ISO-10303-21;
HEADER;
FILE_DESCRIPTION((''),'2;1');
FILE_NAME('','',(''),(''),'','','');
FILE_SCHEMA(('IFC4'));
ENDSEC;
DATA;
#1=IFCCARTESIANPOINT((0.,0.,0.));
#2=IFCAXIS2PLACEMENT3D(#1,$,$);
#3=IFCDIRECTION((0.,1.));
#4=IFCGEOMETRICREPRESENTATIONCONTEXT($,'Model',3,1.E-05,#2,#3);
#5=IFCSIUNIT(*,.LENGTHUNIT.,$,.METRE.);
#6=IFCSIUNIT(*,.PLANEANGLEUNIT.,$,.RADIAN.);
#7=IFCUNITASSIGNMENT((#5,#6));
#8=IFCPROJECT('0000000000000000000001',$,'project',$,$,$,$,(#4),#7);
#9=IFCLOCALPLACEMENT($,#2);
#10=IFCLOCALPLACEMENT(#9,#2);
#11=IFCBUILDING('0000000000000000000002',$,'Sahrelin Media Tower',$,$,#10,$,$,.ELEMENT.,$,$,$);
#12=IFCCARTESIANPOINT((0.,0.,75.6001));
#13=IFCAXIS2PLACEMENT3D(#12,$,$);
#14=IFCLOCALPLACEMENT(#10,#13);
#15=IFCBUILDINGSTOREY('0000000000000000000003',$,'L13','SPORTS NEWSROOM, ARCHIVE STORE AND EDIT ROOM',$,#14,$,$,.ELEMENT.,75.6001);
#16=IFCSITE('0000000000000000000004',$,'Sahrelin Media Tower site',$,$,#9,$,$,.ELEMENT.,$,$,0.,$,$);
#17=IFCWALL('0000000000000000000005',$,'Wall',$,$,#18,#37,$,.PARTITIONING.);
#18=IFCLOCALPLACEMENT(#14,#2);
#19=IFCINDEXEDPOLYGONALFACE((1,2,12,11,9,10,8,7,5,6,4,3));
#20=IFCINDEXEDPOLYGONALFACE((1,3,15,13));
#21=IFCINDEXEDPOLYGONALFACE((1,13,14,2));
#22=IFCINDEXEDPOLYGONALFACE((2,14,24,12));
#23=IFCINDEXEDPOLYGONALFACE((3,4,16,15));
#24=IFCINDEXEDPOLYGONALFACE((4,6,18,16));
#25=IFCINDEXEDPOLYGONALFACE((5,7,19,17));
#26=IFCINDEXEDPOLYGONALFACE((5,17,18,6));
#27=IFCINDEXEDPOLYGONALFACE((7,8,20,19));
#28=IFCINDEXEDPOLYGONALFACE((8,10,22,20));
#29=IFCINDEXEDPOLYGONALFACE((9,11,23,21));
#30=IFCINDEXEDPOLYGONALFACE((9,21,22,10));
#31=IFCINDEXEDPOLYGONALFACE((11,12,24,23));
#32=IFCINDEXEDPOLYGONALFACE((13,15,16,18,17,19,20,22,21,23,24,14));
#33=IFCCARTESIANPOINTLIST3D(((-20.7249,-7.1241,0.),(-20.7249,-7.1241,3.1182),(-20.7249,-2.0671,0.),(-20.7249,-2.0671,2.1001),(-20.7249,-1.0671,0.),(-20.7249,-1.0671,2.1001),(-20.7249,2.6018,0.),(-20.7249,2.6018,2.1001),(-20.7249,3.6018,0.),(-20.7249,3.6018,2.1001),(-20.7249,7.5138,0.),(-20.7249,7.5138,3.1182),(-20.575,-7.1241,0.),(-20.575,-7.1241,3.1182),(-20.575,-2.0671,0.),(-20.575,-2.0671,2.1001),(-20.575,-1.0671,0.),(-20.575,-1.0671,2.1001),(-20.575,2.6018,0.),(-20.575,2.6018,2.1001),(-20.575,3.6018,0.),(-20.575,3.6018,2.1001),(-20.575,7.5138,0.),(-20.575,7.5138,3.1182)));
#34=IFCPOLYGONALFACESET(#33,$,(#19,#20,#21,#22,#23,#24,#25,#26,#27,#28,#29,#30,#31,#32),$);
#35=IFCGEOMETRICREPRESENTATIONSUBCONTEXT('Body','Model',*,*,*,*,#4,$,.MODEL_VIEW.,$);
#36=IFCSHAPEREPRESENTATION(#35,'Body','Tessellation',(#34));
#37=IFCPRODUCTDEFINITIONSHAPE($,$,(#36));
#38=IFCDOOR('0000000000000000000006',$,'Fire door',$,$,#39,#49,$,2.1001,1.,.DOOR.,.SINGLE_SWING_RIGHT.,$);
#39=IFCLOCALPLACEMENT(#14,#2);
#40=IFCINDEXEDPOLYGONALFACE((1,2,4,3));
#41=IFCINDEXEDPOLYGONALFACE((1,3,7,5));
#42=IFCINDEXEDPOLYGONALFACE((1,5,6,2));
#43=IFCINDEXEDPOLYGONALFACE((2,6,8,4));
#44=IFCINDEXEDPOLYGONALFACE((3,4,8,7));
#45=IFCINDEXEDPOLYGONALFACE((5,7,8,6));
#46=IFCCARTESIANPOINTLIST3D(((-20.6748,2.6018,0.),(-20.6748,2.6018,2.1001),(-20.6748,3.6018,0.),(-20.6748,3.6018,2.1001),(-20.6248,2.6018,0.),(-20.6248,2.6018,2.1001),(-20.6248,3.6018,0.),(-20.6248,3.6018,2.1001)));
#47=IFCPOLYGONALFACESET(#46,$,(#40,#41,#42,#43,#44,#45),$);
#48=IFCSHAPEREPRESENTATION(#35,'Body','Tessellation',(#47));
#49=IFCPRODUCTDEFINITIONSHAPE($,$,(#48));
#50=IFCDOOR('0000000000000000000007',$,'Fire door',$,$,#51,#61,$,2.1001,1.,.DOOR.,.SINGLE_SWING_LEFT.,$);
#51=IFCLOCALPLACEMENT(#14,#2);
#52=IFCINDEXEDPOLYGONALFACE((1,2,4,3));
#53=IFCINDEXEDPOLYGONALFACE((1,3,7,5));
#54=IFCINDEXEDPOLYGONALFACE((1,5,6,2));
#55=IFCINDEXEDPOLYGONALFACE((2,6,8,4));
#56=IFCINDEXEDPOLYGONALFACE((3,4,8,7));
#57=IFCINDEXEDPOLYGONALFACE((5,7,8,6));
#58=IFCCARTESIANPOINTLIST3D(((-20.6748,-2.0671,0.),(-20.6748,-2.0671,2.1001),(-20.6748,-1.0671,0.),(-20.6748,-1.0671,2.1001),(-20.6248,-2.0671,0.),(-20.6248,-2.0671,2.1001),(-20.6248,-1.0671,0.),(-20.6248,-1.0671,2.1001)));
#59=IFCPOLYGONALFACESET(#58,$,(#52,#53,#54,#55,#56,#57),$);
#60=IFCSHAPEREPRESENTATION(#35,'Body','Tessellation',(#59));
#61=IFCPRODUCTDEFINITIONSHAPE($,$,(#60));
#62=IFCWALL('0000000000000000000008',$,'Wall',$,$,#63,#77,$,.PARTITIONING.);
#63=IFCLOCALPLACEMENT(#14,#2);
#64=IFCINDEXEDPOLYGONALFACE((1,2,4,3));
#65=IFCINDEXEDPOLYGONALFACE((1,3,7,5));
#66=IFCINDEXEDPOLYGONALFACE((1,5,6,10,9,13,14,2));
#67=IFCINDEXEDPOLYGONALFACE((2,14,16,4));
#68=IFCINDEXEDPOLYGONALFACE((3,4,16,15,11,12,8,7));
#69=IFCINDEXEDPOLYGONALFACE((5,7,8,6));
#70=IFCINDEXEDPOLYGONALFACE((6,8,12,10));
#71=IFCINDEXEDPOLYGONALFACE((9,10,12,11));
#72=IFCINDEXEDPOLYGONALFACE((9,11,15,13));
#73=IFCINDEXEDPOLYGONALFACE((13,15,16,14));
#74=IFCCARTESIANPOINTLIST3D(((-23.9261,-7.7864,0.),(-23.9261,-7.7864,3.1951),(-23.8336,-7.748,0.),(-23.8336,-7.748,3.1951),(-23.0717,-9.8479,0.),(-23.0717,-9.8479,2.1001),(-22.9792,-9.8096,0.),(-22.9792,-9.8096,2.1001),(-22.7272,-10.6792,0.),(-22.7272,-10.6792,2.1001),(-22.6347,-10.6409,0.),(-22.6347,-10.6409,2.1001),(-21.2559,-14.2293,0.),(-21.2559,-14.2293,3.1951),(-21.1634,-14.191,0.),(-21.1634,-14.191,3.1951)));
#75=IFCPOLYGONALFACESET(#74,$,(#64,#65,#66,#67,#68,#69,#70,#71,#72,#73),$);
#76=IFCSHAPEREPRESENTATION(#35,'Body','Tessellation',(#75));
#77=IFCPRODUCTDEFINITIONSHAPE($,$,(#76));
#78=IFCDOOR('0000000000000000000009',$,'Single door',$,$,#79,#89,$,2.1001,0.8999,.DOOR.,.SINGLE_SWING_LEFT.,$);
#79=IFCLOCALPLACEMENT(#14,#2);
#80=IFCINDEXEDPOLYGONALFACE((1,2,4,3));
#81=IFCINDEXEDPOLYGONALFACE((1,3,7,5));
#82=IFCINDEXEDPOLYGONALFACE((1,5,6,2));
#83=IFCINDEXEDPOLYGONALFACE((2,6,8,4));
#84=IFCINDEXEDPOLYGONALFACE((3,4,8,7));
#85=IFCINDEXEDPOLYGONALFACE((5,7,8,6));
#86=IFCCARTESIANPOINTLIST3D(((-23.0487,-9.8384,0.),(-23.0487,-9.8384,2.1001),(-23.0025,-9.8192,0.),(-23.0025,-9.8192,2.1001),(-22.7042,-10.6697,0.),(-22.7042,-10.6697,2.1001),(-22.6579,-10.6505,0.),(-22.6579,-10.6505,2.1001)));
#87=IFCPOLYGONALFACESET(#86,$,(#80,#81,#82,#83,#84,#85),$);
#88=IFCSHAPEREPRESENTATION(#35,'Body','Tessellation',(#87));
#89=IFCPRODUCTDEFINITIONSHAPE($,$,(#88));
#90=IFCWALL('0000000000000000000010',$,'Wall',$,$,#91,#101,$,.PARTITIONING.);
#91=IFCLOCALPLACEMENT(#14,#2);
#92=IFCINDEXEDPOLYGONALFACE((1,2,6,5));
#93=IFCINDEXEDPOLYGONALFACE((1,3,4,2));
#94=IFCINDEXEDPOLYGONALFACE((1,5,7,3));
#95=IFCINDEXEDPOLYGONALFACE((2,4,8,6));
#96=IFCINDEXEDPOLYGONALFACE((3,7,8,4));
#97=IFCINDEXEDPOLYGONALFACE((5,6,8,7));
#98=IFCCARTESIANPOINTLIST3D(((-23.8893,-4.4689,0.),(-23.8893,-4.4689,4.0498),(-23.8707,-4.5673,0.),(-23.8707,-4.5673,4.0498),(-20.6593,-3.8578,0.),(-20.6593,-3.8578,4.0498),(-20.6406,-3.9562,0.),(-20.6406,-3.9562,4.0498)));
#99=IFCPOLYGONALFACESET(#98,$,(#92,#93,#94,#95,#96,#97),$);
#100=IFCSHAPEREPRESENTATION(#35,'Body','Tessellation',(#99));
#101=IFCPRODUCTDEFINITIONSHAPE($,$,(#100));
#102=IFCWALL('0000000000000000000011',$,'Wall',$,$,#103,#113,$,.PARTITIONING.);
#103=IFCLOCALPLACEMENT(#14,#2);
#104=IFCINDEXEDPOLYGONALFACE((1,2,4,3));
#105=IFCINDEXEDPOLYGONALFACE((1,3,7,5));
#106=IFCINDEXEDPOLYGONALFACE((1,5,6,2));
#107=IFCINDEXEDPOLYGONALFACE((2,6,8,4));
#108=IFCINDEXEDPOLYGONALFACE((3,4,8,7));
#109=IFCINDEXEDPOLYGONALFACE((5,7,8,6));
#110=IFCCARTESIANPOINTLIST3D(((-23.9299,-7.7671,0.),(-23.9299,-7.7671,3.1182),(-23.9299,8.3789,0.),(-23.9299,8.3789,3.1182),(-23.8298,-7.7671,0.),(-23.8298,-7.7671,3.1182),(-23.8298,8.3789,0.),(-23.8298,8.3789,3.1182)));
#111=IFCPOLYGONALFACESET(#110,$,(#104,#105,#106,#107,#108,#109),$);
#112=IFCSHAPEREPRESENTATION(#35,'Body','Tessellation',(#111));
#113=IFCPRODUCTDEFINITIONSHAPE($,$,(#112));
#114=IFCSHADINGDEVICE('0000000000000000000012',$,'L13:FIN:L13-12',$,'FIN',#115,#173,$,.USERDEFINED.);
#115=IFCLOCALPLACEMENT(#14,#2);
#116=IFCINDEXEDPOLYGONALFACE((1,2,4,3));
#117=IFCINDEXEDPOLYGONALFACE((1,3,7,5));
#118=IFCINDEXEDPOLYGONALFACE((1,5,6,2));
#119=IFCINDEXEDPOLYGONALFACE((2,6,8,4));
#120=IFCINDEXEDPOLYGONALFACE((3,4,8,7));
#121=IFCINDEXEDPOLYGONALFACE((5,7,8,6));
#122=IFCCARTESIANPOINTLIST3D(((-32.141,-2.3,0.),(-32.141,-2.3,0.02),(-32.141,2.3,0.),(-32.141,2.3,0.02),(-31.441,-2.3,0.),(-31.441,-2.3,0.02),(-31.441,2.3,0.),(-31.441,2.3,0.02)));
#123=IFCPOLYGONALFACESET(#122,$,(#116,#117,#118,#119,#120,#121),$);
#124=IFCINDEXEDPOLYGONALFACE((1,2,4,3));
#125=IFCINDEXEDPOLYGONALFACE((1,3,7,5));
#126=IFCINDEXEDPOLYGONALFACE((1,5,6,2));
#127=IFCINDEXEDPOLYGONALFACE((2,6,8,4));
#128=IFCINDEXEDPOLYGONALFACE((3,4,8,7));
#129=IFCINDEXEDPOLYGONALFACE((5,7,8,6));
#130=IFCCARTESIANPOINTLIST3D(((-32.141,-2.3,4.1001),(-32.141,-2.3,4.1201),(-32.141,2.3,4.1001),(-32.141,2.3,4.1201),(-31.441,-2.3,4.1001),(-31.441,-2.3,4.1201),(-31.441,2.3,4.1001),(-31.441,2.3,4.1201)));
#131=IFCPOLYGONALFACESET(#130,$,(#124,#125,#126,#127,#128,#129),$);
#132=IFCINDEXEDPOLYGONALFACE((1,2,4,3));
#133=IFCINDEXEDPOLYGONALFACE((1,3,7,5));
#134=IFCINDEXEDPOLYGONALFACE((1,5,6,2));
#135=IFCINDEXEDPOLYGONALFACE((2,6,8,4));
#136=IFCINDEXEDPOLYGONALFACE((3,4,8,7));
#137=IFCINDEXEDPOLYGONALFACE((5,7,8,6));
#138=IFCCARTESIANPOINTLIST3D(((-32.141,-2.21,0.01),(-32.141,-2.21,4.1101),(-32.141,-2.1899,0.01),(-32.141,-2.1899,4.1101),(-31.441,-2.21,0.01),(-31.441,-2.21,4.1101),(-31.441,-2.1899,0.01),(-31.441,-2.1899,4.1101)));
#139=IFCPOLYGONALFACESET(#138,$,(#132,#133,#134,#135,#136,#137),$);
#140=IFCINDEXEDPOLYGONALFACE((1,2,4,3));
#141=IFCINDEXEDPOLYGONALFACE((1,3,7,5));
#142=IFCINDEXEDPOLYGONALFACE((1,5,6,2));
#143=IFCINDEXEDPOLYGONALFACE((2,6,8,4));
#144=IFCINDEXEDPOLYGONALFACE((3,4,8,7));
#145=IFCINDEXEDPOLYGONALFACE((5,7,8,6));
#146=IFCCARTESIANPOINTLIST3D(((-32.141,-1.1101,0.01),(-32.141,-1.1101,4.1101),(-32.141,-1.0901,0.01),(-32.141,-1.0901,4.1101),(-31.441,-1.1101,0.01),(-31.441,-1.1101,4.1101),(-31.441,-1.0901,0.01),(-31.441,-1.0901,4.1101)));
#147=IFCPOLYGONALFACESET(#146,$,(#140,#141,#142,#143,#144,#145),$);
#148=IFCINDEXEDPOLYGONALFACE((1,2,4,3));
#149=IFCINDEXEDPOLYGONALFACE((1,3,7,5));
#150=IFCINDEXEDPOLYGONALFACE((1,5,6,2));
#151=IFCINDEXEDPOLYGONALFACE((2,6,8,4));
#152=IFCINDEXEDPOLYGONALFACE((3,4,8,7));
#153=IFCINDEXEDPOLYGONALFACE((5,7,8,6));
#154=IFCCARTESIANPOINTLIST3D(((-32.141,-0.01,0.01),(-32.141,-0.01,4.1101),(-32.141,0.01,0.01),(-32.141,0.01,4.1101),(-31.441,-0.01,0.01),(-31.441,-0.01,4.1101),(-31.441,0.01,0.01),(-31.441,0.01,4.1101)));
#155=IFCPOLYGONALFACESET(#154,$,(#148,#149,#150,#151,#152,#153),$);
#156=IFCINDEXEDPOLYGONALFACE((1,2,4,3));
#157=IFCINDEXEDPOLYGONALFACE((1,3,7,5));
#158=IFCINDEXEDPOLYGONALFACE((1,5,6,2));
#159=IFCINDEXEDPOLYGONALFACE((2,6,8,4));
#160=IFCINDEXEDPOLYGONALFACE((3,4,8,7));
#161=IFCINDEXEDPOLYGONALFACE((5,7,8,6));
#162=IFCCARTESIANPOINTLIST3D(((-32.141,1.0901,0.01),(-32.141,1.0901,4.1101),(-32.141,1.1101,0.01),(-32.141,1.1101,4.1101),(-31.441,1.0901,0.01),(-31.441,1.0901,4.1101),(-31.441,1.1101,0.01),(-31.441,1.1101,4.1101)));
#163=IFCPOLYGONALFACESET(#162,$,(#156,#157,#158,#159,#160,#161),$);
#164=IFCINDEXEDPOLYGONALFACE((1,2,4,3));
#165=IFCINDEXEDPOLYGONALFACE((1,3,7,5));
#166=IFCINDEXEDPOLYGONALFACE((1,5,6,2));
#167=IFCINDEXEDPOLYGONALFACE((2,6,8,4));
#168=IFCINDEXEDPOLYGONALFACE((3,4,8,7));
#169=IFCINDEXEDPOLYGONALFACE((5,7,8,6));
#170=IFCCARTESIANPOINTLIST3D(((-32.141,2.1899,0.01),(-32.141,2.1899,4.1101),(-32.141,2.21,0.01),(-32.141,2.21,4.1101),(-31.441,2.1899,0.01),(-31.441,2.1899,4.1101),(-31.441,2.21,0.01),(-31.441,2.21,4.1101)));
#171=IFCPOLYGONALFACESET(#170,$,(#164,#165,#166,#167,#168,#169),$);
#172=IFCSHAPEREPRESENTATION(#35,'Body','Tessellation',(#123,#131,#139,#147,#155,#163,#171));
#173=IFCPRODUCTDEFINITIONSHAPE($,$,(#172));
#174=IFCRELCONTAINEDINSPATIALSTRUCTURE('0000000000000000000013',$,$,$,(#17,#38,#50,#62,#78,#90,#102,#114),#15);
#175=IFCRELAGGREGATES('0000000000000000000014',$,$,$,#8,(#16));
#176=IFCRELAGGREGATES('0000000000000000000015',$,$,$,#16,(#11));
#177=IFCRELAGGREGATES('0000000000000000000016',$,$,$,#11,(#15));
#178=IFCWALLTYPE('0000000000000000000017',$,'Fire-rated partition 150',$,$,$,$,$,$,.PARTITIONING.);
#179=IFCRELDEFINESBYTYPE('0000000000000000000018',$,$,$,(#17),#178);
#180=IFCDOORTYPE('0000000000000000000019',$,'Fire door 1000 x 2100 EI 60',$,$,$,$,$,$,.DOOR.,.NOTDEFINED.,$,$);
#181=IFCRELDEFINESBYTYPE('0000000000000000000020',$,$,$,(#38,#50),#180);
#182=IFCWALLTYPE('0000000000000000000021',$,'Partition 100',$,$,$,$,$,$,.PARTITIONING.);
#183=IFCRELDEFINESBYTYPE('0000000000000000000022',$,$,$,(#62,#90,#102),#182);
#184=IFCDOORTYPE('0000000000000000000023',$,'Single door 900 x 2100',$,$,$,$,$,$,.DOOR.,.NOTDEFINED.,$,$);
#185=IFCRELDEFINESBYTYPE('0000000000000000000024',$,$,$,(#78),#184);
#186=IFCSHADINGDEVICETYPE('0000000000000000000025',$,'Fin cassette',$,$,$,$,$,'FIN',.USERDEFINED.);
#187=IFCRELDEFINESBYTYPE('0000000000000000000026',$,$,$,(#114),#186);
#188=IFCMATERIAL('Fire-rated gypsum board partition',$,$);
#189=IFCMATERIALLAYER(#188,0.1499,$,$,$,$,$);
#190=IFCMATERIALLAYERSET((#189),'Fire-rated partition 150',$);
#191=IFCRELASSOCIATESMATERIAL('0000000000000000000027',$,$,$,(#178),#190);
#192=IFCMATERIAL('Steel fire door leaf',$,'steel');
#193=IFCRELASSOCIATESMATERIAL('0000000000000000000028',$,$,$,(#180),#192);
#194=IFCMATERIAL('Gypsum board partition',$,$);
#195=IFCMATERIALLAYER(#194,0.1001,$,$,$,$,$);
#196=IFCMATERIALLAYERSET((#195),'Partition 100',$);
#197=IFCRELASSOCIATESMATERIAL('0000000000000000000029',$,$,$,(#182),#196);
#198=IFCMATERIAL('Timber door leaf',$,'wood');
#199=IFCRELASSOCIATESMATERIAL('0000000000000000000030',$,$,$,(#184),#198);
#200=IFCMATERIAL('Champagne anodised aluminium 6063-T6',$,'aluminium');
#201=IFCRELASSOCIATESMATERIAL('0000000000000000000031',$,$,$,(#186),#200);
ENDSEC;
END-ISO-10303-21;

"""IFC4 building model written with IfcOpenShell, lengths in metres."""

from ifc_helpers import new_model, si_unit, direction, frame, frame_2d, origin, origin_2d, place, context, subcontext, project, spatial, rectangle, extrude, material, layer, layer_set, type_object, element, fill, save


model = new_model("IFC4")

# Units and contexts
model_context = context("Model", 3, precision=1e-05, world=origin(), true_north=direction((0.0, 1.0)))
body_context = subcontext(model_context, "Body", "Model", "MODEL_VIEW")
ifc_project = project(units=[si_unit("LENGTHUNIT", "METRE"), si_unit("PLANEANGLEUNIT", "RADIAN")], contexts=[model_context])

# Site, building, storey
site_placement = place(None, origin())
site = spatial("IfcSite", under=ifc_project, at=site_placement, Name="Sahrelin Media Tower site", CompositionType="ELEMENT", RefElevation=0.0)
building_placement = place(site_placement, origin())
building = spatial("IfcBuilding", under=site, at=building_placement, Name="Sahrelin Media Tower", CompositionType="ELEMENT")
storey_placement = place(building_placement, frame((0.0, 0.0, 75.6001)))
storey = spatial("IfcBuildingStorey", under=building, at=storey_placement, Name="L13", Description="SPORTS NEWSROOM, ARCHIVE STORE AND EDIT ROOM", CompositionType="ELEMENT", Elevation=75.6001)

# Shared definitions
ifc_material_1 = material(Name="Champagne anodised aluminium 6063-T6", Category="aluminium")

# Shared definitions
ifc_material_2 = material(Name="Fire-rated gypsum board partition")
ifc_layer_1 = layer(ifc_material_2, 0.1499)
ifc_layer_set_1 = layer_set([ifc_layer_1], Name="Fire-rated partition 150")
wall_type_1 = type_object("IfcWallType", Name="Fire-rated partition 150", PredefinedType="PARTITIONING", material=ifc_layer_set_1)
ifc_material_3 = material(Name="Steel fire door leaf", Category="steel")
door_type_1 = type_object("IfcDoorType", Name="Fire door 1000 x 2100 EI 60", OperationType="NOTDEFINED", PredefinedType="DOOR", material=ifc_material_3)

# Wall, openings, doors
wall_1_placement = place(storey_placement, frame((-20.6499, -7.124, 0.0), z_axis=(0.0, 0.0, 1.0), x_axis=(0.0, 1.0, 0.0)))
wall_1 = element("IfcWall", 1, at=wall_1_placement, inside=storey, type_object=wall_type_1, Name="Wall", PredefinedType="PARTITIONING", context=body_context, shape_type="SweptSolid", body=[
    extrude(rectangle(XDim=14.6379, YDim=0.1499, at=frame_2d((7.3188, 0.0))), origin(), (0.0, 0.0, 1.0), 3.1182),
])
opening_1_placement = place(wall_1_placement, frame((9.7258, 0.0, 0.0)))
opening_1 = element("IfcOpeningElement", 2, at=opening_1_placement, cuts=wall_1, PredefinedType="OPENING", context=body_context, shape_type="SweptSolid", body=[
    extrude(rectangle(XDim=1.0, YDim=2.1001, at=frame_2d((0.5, 1.05))), frame((0.0, 0.075, 0.0), z_axis=(0.0, -1.0, 0.0), x_axis=(1.0, 0.0, 0.0)), (0.0, 0.0, 1.0), 0.1499),
])
opening_2_placement = place(wall_1_placement, frame((5.0569, 0.0, 0.0)))
opening_2 = element("IfcOpeningElement", 3, at=opening_2_placement, cuts=wall_1, PredefinedType="OPENING", context=body_context, shape_type="SweptSolid", body=[
    extrude(rectangle(XDim=1.0, YDim=2.1001, at=frame_2d((0.5, 1.05))), frame((0.0, 0.075, 0.0), z_axis=(0.0, -1.0, 0.0), x_axis=(1.0, 0.0, 0.0)), (0.0, 0.0, 1.0), 0.1499),
])
door_1_placement = place(opening_1_placement, origin())
door_1 = element("IfcDoor", 4, at=door_1_placement, inside=storey, type_object=door_type_1, Name="Fire door", OperationType="SINGLE_SWING_RIGHT", OverallHeight=2.1001, OverallWidth=1.0, PredefinedType="DOOR", context=body_context, shape_type="SweptSolid", body=[
    extrude(rectangle(XDim=1.0, YDim=2.1001, at=frame_2d((0.5, 1.05))), frame((0.0, 0.0249, 0.0), z_axis=(0.0, -1.0, 0.0), x_axis=(1.0, 0.0, 0.0)), (0.0, 0.0, 1.0), 0.05),
])
fill(opening_1, door_1)
door_2_placement = place(opening_2_placement, origin())
door_2 = element("IfcDoor", 5, at=door_2_placement, inside=storey, type_object=door_type_1, Name="Fire door", OperationType="SINGLE_SWING_LEFT", OverallHeight=2.1001, OverallWidth=1.0, PredefinedType="DOOR", context=body_context, shape_type="SweptSolid", body=[
    extrude(rectangle(XDim=1.0, YDim=2.1001, at=frame_2d((0.5, 1.05))), frame((0.0, 0.0249, 0.0), z_axis=(0.0, -1.0, 0.0), x_axis=(1.0, 0.0, 0.0)), (0.0, 0.0, 1.0), 0.05),
])
fill(opening_2, door_2)

# Wall, opening, door
ifc_material_4 = material(Name="Gypsum board partition")
ifc_layer_2 = layer(ifc_material_4, 0.1001)
ifc_layer_set_2 = layer_set([ifc_layer_2], Name="Partition 100")
wall_type_2 = type_object("IfcWallType", Name="Partition 100", PredefinedType="PARTITIONING", material=ifc_layer_set_2)
wall_2_placement = place(storey_placement, frame((-23.8799, -7.7671, 0.0), z_axis=(0.0, 0.0, 1.0), x_axis=(0.38286, -0.923806, 0.0)))
wall_2 = element("IfcWall", 6, at=wall_2_placement, inside=storey, type_object=wall_type_2, Name="Wall", PredefinedType="PARTITIONING", context=body_context, shape_type="SweptSolid", body=[
    extrude(rectangle(XDim=6.9744, YDim=0.1001, at=frame_2d((3.4873, 0.0))), origin(), (0.0, 0.0, 1.0), 3.1951),
])
opening_3_placement = place(wall_2_placement, frame((2.2317, 0.0, 0.0)))
opening_3 = element("IfcOpeningElement", 7, at=opening_3_placement, cuts=wall_2, PredefinedType="OPENING", context=body_context, shape_type="SweptSolid", body=[
    extrude(rectangle(XDim=0.8999, YDim=2.1001, at=frame_2d((0.45, 1.05))), frame((0.0, 0.05, 0.0), z_axis=(0.0, -1.0, 0.0), x_axis=(1.0, 0.0, 0.0)), (0.0, 0.0, 1.0), 0.1001),
])
ifc_material_5 = material(Name="Timber door leaf", Category="wood")
door_type_2 = type_object("IfcDoorType", Name="Single door 900 x 2100", OperationType="NOTDEFINED", PredefinedType="DOOR", material=ifc_material_5)
door_3_placement = place(opening_3_placement, origin())
door_3 = element("IfcDoor", 8, at=door_3_placement, inside=storey, type_object=door_type_2, Name="Single door", OperationType="SINGLE_SWING_LEFT", OverallHeight=2.1001, OverallWidth=0.8999, PredefinedType="DOOR", context=body_context, shape_type="SweptSolid", body=[
    extrude(rectangle(XDim=0.8999, YDim=2.1001, at=frame_2d((0.45, 1.05))), frame((0.0, 0.0249, 0.0), z_axis=(0.0, -1.0, 0.0), x_axis=(1.0, 0.0, 0.0)), (0.0, 0.0, 1.0), 0.05),
])
fill(opening_3, door_3)

# Walls
wall_3_placement = place(storey_placement, frame((-23.8799, -4.5181, 0.0), z_axis=(0.0, 0.0, 1.0), x_axis=(0.98257, 0.185894, 0.0)))
element("IfcWall", 9, at=wall_3_placement, inside=storey, type_object=wall_type_2, Name="Wall", PredefinedType="PARTITIONING", context=body_context, shape_type="SweptSolid", body=[
    extrude(rectangle(XDim=3.2874, YDim=0.1001, at=frame_2d((1.6436, 0.0))), origin(), (0.0, 0.0, 1.0), 4.0498),
])
wall_4_placement = place(storey_placement, frame((-23.8799, -7.7671, 0.0), z_axis=(0.0, 0.0, 1.0), x_axis=(0.0, 1.0, 0.0)))
element("IfcWall", 10, at=wall_4_placement, inside=storey, type_object=wall_type_2, Name="Wall", PredefinedType="PARTITIONING", context=body_context, shape_type="SweptSolid", body=[
    extrude(rectangle(XDim=16.146, YDim=0.1001, at=frame_2d((8.073, 0.0))), origin(), (0.0, 0.0, 1.0), 3.1182),
])

# Shading device
shading_device_type_1 = type_object("IfcShadingDeviceType", Name="Fin cassette", ElementType="FIN", PredefinedType="USERDEFINED", material=ifc_material_1)
placement_1 = place(storey_placement, frame((-31.3711, 0.0, 0.0), z_axis=(0.0, 0.0, 1.0), x_axis=(0.0, 1.0, 0.0)))
element("IfcShadingDevice", 11, at=placement_1, inside=storey, type_object=shading_device_type_1, Name="L13:FIN:L13-12", ObjectType="FIN", PredefinedType="USERDEFINED", context=body_context, shape_type="SweptSolid", body=[
    extrude(rectangle(XDim=4.6001, YDim=0.7, at=origin_2d()), frame((0.0, 0.4199, 0.0)), (0.0, 0.0, 1.0), 0.02),
    extrude(rectangle(XDim=4.6001, YDim=0.7, at=origin_2d()), frame((0.0, 0.4199, 4.1001)), (0.0, 0.0, 1.0), 0.02),
    extrude(rectangle(XDim=0.02, YDim=0.7, at=origin_2d()), frame((-2.2, 0.4199, 0.01), z_axis=(0.0, 0.0, 1.0), x_axis=(1.0, 0.0, 0.0)), (0.0, 0.0, 1.0), 4.1001),
    extrude(rectangle(XDim=0.02, YDim=0.7, at=origin_2d()), frame((-1.1001, 0.4199, 0.01), z_axis=(0.0, 0.0, 1.0), x_axis=(1.0, 0.0, 0.0)), (0.0, 0.0, 1.0), 4.1001),
    extrude(rectangle(XDim=0.02, YDim=0.7, at=origin_2d()), frame((0.0, 0.4199, 0.01), z_axis=(0.0, 0.0, 1.0), x_axis=(1.0, 0.0, 0.0)), (0.0, 0.0, 1.0), 4.1001),
    extrude(rectangle(XDim=0.02, YDim=0.7, at=origin_2d()), frame((1.1001, 0.4199, 0.01), z_axis=(0.0, 0.0, 1.0), x_axis=(1.0, 0.0, 0.0)), (0.0, 0.0, 1.0), 4.1001),
    extrude(rectangle(XDim=0.02, YDim=0.7, at=origin_2d()), frame((2.2, 0.4199, 0.01), z_axis=(0.0, 0.0, 1.0), x_axis=(1.0, 0.0, 0.0)), (0.0, 0.0, 1.0), 4.1001),
])

save(model, "model.ifc")
